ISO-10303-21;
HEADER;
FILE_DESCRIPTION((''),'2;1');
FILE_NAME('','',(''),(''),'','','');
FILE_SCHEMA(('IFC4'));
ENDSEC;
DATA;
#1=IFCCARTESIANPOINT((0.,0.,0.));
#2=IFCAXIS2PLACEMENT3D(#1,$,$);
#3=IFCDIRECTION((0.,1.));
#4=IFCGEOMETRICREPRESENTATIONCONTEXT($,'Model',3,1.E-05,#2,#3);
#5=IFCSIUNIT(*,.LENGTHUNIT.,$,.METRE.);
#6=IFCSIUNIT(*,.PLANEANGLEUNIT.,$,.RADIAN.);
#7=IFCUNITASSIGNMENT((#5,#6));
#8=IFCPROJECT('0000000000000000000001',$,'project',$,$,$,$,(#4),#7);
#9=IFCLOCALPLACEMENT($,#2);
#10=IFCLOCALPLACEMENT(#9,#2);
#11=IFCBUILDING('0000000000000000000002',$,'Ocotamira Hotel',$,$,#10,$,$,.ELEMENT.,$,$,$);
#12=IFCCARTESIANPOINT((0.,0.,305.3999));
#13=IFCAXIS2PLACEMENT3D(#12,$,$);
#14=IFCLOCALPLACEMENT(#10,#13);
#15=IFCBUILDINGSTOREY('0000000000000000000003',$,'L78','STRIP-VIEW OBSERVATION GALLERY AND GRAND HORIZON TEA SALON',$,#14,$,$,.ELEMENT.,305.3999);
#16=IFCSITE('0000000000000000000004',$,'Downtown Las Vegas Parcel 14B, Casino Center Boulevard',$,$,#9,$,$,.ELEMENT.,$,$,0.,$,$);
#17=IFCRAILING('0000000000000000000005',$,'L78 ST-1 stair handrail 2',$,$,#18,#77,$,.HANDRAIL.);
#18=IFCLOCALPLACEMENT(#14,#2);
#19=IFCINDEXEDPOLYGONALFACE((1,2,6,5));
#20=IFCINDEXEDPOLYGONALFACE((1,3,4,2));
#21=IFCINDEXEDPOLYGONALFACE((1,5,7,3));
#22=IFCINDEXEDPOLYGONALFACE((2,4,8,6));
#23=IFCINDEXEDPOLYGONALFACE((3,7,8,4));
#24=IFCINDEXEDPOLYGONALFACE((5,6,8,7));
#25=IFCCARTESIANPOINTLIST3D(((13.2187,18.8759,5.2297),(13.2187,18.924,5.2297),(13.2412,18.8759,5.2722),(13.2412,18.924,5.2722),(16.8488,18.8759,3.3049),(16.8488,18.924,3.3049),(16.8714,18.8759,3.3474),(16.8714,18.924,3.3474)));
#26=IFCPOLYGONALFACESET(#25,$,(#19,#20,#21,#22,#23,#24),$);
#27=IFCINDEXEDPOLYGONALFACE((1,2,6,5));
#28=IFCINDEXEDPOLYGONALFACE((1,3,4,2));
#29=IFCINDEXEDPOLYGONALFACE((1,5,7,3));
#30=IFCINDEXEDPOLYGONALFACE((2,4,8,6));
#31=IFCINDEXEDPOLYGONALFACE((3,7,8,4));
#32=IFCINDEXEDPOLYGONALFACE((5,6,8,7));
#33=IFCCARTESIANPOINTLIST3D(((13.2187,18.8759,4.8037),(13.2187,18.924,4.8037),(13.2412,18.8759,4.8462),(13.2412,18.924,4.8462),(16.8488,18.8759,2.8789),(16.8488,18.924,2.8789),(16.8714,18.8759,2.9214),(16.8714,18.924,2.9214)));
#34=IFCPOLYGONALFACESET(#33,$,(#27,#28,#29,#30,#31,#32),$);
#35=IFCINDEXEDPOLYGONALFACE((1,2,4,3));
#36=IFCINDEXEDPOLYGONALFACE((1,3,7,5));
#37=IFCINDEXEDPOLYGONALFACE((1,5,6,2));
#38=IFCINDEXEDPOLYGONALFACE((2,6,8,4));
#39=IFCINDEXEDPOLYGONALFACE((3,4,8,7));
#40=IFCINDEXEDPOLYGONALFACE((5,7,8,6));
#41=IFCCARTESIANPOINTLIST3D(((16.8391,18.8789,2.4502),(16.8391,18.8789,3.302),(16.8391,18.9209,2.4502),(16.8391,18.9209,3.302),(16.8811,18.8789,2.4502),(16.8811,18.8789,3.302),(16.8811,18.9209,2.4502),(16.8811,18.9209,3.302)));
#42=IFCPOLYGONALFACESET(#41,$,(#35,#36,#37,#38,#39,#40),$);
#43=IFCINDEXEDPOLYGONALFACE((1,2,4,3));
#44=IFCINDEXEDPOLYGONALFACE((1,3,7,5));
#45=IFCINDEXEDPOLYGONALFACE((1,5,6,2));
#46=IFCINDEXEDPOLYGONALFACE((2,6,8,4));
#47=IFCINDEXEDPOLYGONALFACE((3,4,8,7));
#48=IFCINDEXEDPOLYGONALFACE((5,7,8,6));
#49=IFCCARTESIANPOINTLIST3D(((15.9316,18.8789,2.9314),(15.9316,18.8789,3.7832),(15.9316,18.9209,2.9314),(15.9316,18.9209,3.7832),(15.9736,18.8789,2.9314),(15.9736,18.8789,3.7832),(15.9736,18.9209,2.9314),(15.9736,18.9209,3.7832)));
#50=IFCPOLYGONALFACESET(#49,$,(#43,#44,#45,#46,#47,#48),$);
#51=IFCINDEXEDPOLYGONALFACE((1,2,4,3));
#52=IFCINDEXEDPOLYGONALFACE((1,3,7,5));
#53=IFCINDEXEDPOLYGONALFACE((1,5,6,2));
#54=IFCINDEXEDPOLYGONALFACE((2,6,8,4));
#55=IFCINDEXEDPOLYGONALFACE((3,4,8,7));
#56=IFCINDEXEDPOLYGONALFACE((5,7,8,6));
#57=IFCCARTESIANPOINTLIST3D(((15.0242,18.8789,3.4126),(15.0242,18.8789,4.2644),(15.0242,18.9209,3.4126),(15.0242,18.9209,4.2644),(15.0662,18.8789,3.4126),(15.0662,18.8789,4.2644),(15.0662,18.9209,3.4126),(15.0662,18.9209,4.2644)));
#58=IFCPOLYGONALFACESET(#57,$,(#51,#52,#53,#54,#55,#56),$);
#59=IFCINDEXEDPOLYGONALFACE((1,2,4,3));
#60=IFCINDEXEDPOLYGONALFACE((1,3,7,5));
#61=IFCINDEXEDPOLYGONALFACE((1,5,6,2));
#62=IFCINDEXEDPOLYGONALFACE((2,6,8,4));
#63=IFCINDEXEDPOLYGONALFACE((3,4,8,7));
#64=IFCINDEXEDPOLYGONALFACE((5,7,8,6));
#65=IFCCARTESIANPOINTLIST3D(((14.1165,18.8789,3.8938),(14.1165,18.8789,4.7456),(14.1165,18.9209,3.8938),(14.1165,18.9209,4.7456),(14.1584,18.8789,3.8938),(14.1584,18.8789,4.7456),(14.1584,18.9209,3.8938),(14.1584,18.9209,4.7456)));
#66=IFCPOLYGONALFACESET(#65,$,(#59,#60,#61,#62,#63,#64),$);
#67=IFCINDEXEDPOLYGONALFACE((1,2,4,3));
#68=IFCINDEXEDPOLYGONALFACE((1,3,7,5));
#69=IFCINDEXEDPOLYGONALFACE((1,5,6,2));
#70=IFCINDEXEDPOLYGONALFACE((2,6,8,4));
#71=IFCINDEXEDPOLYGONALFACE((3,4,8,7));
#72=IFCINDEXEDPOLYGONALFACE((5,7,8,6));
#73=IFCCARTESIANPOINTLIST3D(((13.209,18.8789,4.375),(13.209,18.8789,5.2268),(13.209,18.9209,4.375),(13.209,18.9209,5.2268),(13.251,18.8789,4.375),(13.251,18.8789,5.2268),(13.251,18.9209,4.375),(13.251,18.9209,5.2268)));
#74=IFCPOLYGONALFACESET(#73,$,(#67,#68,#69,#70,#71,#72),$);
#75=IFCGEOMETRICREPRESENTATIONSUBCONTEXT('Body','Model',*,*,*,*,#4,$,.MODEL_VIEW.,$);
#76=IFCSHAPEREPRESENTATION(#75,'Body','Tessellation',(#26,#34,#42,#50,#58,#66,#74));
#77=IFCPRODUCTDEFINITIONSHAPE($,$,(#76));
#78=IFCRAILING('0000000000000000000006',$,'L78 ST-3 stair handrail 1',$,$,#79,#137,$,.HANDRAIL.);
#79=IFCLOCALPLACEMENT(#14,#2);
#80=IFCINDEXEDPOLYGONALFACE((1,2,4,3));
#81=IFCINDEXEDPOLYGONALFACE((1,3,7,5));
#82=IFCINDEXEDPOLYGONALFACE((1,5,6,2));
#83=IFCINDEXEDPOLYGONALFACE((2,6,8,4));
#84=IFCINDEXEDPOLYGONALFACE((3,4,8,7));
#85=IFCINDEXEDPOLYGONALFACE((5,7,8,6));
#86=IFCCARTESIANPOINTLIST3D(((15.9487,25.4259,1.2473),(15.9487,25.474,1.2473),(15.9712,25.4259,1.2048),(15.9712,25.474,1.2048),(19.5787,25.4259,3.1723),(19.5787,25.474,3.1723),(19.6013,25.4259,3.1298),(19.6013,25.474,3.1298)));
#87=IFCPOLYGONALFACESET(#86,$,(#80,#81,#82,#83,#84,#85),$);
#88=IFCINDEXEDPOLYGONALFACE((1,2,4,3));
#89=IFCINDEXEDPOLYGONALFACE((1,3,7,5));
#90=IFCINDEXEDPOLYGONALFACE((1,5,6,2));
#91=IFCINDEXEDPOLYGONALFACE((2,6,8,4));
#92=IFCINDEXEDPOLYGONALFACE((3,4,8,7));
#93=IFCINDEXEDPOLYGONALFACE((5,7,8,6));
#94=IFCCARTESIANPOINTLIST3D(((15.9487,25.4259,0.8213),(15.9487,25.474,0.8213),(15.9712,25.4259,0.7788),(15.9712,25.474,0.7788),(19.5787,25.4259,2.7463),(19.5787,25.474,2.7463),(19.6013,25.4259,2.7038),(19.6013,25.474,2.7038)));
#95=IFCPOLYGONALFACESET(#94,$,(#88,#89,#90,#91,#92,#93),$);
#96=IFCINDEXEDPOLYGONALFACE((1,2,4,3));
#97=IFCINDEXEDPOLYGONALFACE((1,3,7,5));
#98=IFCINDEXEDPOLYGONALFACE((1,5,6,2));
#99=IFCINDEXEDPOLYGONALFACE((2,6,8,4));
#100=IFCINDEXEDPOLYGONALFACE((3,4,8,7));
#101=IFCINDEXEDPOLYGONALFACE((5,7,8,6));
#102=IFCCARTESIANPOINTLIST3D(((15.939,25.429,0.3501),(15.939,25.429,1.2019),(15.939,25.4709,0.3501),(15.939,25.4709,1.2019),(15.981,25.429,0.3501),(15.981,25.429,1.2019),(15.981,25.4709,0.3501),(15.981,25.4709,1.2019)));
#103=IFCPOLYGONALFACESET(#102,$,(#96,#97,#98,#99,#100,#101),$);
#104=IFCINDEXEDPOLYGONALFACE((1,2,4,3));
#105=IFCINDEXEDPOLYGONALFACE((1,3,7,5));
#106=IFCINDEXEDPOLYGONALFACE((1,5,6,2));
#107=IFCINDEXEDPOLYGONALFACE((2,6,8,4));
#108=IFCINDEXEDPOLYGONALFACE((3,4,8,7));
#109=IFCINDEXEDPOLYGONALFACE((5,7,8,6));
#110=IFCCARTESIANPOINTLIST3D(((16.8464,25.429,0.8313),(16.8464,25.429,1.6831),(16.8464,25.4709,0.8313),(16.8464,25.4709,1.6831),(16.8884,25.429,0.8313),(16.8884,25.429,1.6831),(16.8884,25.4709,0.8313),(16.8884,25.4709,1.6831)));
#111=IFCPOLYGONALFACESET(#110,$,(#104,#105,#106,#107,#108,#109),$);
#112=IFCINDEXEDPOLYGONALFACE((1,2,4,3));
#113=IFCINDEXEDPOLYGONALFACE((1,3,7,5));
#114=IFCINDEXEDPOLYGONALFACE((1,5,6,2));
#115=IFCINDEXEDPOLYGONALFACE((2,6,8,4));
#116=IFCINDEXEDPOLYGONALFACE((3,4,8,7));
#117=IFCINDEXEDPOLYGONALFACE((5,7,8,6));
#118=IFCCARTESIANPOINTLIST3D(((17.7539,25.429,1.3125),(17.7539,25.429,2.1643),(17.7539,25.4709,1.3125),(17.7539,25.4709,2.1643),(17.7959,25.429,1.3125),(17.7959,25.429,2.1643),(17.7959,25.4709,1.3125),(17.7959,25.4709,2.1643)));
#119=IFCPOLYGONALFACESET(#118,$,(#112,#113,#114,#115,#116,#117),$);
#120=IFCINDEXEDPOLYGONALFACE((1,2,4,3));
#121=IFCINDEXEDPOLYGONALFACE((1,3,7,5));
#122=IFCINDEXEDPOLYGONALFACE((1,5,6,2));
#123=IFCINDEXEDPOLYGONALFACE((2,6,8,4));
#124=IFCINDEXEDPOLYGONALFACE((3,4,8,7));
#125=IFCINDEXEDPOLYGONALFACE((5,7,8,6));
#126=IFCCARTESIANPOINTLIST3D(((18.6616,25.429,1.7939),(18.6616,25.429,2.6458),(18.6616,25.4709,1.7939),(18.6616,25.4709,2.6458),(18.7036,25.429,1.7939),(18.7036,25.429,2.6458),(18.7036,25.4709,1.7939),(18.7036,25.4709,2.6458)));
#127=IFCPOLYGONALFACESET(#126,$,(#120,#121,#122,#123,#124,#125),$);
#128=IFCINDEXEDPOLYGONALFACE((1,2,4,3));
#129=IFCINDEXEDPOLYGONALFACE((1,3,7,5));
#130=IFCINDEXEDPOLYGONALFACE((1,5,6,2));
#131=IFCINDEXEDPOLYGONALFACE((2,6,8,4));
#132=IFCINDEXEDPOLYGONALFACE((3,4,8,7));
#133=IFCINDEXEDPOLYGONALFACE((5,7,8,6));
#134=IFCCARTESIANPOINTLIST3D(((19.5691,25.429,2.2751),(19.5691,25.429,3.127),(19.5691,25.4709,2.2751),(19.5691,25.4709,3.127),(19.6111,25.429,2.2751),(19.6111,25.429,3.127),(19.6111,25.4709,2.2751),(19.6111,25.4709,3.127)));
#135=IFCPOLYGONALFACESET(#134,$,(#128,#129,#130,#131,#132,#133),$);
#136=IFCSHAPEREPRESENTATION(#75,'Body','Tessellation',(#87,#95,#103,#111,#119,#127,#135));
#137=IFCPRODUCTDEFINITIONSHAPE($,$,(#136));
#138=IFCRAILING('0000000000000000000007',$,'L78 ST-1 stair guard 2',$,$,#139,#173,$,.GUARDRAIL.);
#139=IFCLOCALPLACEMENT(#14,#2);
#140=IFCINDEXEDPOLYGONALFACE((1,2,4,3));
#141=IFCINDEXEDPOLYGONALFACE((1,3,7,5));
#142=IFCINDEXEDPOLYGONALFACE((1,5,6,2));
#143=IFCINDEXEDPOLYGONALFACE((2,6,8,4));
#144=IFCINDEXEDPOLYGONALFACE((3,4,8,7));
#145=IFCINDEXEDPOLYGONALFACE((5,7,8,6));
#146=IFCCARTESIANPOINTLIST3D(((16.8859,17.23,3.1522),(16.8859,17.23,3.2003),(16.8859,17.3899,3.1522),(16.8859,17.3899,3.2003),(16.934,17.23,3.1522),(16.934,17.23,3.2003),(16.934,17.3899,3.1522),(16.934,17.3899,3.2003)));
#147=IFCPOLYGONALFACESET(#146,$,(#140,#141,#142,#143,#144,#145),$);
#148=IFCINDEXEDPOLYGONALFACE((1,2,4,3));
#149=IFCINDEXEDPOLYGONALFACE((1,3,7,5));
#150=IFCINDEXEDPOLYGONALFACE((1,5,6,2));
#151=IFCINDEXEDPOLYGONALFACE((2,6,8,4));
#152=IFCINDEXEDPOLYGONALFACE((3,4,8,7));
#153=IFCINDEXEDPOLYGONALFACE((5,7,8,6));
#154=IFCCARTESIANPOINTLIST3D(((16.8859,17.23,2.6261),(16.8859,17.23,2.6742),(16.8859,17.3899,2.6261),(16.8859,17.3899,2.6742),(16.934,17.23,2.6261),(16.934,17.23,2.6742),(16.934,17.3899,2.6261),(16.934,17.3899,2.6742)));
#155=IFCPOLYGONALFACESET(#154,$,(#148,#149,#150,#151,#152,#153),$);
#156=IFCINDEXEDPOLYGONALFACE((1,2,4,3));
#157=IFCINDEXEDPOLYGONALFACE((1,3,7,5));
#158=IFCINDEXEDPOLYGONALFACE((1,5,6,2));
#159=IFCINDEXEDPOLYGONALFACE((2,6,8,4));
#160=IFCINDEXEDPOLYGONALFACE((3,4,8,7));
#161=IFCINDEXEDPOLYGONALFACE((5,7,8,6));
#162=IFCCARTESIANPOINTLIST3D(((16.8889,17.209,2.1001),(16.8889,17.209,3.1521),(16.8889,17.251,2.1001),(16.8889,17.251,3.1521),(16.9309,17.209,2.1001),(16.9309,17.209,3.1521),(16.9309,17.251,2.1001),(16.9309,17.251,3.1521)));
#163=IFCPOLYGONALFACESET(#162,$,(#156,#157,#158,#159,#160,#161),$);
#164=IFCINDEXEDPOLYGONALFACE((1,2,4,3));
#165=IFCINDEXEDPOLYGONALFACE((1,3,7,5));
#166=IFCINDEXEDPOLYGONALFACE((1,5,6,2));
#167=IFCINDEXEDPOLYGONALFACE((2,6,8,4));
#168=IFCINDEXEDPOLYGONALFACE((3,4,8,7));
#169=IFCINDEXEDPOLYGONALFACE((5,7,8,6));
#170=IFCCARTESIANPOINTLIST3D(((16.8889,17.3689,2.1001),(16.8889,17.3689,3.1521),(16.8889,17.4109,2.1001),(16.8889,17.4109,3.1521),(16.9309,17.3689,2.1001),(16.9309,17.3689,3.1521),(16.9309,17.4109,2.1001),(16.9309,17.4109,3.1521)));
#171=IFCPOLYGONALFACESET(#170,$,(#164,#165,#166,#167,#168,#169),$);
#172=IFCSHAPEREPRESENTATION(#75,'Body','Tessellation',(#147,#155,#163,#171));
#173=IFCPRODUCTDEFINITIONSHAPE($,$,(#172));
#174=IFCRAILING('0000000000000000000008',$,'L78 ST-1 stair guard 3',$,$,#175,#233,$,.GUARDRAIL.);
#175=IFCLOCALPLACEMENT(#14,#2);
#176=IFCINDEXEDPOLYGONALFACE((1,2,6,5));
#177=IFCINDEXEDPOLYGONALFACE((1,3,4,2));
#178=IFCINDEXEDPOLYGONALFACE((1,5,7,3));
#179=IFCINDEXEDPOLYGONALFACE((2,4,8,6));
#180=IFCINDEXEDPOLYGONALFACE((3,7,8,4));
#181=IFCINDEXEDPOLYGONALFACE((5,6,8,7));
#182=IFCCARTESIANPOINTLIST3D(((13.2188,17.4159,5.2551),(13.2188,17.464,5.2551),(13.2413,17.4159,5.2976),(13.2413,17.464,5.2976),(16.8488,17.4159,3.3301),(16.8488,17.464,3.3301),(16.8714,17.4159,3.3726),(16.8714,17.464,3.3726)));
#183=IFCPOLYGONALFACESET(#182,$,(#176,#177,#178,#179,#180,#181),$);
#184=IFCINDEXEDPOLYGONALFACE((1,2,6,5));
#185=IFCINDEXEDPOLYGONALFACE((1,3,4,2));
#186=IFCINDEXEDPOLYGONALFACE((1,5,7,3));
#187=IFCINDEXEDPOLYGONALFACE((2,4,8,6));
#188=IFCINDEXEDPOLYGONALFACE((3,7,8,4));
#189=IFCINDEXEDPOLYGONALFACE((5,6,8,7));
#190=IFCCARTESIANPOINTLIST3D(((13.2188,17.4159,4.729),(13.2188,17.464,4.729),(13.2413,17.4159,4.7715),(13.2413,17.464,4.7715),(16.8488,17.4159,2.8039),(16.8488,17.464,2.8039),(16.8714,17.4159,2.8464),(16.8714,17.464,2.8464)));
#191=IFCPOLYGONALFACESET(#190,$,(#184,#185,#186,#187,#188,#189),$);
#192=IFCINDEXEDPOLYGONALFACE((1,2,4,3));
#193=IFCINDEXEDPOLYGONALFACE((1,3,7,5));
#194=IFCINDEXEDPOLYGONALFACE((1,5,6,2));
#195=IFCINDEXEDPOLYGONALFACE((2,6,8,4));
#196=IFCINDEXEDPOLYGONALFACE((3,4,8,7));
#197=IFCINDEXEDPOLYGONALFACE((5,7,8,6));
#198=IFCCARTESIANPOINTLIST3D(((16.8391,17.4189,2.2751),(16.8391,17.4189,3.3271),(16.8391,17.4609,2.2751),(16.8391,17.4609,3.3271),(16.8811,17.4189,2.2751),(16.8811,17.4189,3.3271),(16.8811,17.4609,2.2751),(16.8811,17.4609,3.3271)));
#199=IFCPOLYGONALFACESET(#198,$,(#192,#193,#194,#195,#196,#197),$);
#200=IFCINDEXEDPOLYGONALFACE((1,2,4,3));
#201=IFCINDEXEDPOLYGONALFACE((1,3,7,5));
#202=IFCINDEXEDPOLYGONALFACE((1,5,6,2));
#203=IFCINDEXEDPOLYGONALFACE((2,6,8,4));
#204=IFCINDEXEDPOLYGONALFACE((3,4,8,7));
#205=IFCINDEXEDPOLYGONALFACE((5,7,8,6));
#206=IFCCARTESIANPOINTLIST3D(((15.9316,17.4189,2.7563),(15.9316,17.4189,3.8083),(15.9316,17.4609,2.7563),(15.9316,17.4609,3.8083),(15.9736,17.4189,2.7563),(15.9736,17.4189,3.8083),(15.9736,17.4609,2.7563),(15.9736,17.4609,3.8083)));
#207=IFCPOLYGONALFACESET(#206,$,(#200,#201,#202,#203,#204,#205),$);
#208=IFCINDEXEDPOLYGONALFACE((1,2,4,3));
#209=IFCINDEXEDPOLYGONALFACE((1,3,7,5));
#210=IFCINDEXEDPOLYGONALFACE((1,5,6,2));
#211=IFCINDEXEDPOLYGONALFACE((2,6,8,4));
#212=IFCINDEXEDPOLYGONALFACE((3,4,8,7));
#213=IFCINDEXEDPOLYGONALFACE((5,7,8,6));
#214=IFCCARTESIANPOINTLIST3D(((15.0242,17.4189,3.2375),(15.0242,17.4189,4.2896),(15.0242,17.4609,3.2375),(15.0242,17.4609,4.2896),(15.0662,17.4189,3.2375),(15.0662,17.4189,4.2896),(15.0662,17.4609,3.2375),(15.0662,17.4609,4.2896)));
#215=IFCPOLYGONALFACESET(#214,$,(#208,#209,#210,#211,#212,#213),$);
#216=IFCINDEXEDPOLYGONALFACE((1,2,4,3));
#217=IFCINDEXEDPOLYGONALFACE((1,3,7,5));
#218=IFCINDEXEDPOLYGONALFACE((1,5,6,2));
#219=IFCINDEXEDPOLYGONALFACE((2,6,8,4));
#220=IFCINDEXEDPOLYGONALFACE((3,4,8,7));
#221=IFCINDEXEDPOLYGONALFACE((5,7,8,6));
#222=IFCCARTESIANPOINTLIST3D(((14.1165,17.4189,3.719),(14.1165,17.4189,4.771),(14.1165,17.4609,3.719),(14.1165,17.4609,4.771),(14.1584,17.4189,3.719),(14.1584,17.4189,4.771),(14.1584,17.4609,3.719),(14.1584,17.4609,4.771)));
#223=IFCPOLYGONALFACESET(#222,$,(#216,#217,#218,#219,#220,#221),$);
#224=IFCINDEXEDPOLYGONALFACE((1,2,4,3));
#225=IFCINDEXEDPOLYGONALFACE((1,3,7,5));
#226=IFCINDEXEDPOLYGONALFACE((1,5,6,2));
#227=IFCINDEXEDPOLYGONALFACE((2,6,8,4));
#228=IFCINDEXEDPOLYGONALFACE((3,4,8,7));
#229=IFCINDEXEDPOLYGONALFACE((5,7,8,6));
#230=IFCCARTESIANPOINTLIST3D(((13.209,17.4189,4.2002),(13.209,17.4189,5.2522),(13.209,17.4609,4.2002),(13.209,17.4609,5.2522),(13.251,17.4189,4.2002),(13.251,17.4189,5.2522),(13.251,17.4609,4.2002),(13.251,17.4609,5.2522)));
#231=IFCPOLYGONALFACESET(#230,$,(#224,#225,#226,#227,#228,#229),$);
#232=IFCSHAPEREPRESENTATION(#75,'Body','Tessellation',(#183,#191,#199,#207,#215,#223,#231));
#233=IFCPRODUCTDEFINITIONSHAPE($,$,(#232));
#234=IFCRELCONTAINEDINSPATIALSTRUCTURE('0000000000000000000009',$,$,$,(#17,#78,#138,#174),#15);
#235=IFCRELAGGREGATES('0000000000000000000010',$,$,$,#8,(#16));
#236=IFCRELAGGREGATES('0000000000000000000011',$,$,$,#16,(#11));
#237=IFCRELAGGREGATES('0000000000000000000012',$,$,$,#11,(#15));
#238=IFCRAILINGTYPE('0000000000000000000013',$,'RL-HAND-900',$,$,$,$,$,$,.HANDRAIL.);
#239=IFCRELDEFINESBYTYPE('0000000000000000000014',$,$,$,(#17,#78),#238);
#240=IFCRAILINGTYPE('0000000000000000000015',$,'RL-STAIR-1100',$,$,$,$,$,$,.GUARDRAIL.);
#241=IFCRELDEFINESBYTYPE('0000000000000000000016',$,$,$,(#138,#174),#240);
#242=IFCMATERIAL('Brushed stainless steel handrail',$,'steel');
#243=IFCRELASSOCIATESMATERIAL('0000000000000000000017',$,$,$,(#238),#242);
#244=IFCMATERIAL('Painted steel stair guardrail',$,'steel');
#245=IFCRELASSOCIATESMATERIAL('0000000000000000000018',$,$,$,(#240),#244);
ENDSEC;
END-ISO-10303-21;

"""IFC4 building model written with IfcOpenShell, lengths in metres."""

from ifc_helpers import new_model, si_unit, direction, frame, origin, origin_2d, place, context, subcontext, project, spatial, rectangle, extrude, material, type_object, element, save


model = new_model("IFC4")

# Units and contexts
model_context = context("Model", 3, precision=1e-05, world=origin(), true_north=direction((0.0, 1.0)))
body_context = subcontext(model_context, "Body", "Model", "MODEL_VIEW")
ifc_project = project(units=[si_unit("LENGTHUNIT", "METRE"), si_unit("PLANEANGLEUNIT", "RADIAN")], contexts=[model_context])

# Site, building, storey
site_placement = place(None, origin())
site = spatial("IfcSite", under=ifc_project, at=site_placement, Name="Downtown Las Vegas Parcel 14B, Casino Center Boulevard", CompositionType="ELEMENT", RefElevation=0.0)
building_placement = place(site_placement, origin())
building = spatial("IfcBuilding", under=site, at=building_placement, Name="Ocotamira Hotel", CompositionType="ELEMENT")
storey_placement = place(building_placement, frame((0.0, 0.0, 305.3999)))
storey = spatial("IfcBuildingStorey", under=building, at=storey_placement, Name="L78", Description="STRIP-VIEW OBSERVATION GALLERY AND GRAND HORIZON TEA SALON", CompositionType="ELEMENT", Elevation=305.3999)

# Railings
ifc_material_1 = material(Name="Brushed stainless steel handrail", Category="steel")
railing_type_1 = type_object("IfcRailingType", Name="RL-HAND-900", PredefinedType="HANDRAIL", material=ifc_material_1)
railing_1_placement = place(storey_placement, frame((16.8601, 18.8999, 2.4502)))
element("IfcRailing", 1, at=railing_1_placement, inside=storey, type_object=railing_type_1, Name="L78 ST-1 stair handrail 2", PredefinedType="HANDRAIL", context=body_context, shape_type="SweptSolid", body=[
    extrude(rectangle(XDim=0.0481, YDim=0.0481, at=origin_2d()), frame((0.0, 0.0, 0.876), z_axis=(-0.883489, 0.0, 0.468453), x_axis=(0.0, -1.0, 0.0)), (0.0, 0.0, 1.0), 4.1089),
    extrude(rectangle(XDim=0.0481, YDim=0.0481, at=origin_2d()), frame((0.0, 0.0, 0.45), z_axis=(-0.883489, 0.0, 0.468453), x_axis=(0.0, -1.0, 0.0)), (0.0, 0.0, 1.0), 4.1089),
    extrude(rectangle(XDim=0.042, YDim=0.042, at=origin_2d()), origin(), (0.0, 0.0, 1.0), 0.8518),
    extrude(rectangle(XDim=0.042, YDim=0.042, at=origin_2d()), frame((-0.9075, 0.0, 0.4812)), (0.0, 0.0, 1.0), 0.8518),
    extrude(rectangle(XDim=0.042, YDim=0.042, at=origin_2d()), frame((-1.8149, 0.0, 0.9624)), (0.0, 0.0, 1.0), 0.8518),
    extrude(rectangle(XDim=0.042, YDim=0.042, at=origin_2d()), frame((-2.7227, 0.0, 1.4436)), (0.0, 0.0, 1.0), 0.8518),
    extrude(rectangle(XDim=0.042, YDim=0.042, at=origin_2d()), frame((-3.6301, 0.0, 1.9248)), (0.0, 0.0, 1.0), 0.8518),
])
railing_2_placement = place(storey_placement, frame((15.96, 25.45, 0.3501)))
element("IfcRailing", 2, at=railing_2_placement, inside=storey, type_object=railing_type_1, Name="L78 ST-3 stair handrail 1", PredefinedType="HANDRAIL", context=body_context, shape_type="SweptSolid", body=[
    extrude(rectangle(XDim=0.0481, YDim=0.0481, at=origin_2d()), frame((0.0, 0.0, 0.876), z_axis=(0.883464, 0.0, 0.468499), x_axis=(0.0, 1.0, 0.0)), (0.0, 0.0, 1.0), 4.1089),
    extrude(rectangle(XDim=0.0481, YDim=0.0481, at=origin_2d()), frame((0.0, 0.0, 0.45), z_axis=(0.883464, 0.0, 0.468499), x_axis=(0.0, 1.0, 0.0)), (0.0, 0.0, 1.0), 4.1089),
    extrude(rectangle(XDim=0.042, YDim=0.042, at=origin_2d()), origin(), (0.0, 0.0, 1.0), 0.8518),
    extrude(rectangle(XDim=0.042, YDim=0.042, at=origin_2d()), frame((0.9075, 0.0, 0.4812)), (0.0, 0.0, 1.0), 0.8518),
    extrude(rectangle(XDim=0.042, YDim=0.042, at=origin_2d()), frame((1.8149, 0.0, 0.9624)), (0.0, 0.0, 1.0), 0.8518),
    extrude(rectangle(XDim=0.042, YDim=0.042, at=origin_2d()), frame((2.7227, 0.0, 1.4438)), (0.0, 0.0, 1.0), 0.8518),
    extrude(rectangle(XDim=0.042, YDim=0.042, at=origin_2d()), frame((3.6301, 0.0, 1.925)), (0.0, 0.0, 1.0), 0.8518),
])
ifc_material_2 = material(Name="Painted steel stair guardrail", Category="steel")
railing_type_2 = type_object("IfcRailingType", Name="RL-STAIR-1100", PredefinedType="GUARDRAIL", material=ifc_material_2)
railing_3_placement = place(storey_placement, frame((16.9099, 17.23, 2.1001)))
element("IfcRailing", 3, at=railing_3_placement, inside=storey, type_object=railing_type_2, Name="L78 ST-1 stair guard 2", PredefinedType="GUARDRAIL", context=body_context, shape_type="SweptSolid", body=[
    extrude(rectangle(XDim=0.0481, YDim=0.0481, at=origin_2d()), frame((0.0, 0.0, 1.0762), z_axis=(0.0, 1.0, 0.0), x_axis=(-1.0, 0.0, 0.0)), (0.0, 0.0, 1.0), 0.1599),
    extrude(rectangle(XDim=0.0481, YDim=0.0481, at=origin_2d()), frame((0.0, 0.0, 0.55), z_axis=(0.0, 1.0, 0.0), x_axis=(-1.0, 0.0, 0.0)), (0.0, 0.0, 1.0), 0.1599),
    extrude(rectangle(XDim=0.042, YDim=0.042, at=origin_2d()), origin(), (0.0, 0.0, 1.0), 1.052),
    extrude(rectangle(XDim=0.042, YDim=0.042, at=origin_2d()), frame((0.0, 0.1599, 0.0)), (0.0, 0.0, 1.0), 1.052),
])
railing_4_placement = place(storey_placement, frame((16.8601, 17.4399, 2.2751)))
element("IfcRailing", 4, at=railing_4_placement, inside=storey, type_object=railing_type_2, Name="L78 ST-1 stair guard 3", PredefinedType="GUARDRAIL", context=body_context, shape_type="SweptSolid", body=[
    extrude(rectangle(XDim=0.0481, YDim=0.0481, at=origin_2d()), frame((0.0, 0.0, 1.0762), z_axis=(-0.883464, 0.0, 0.468499), x_axis=(0.0, -1.0, 0.0)), (0.0, 0.0, 1.0), 4.1089),
    extrude(rectangle(XDim=0.0481, YDim=0.0481, at=origin_2d()), frame((0.0, 0.0, 0.55), z_axis=(-0.883464, 0.0, 0.468499), x_axis=(0.0, -1.0, 0.0)), (0.0, 0.0, 1.0), 4.1089),
    extrude(rectangle(XDim=0.042, YDim=0.042, at=origin_2d()), origin(), (0.0, 0.0, 1.0), 1.052),
    extrude(rectangle(XDim=0.042, YDim=0.042, at=origin_2d()), frame((-0.9075, 0.0, 0.4812)), (0.0, 0.0, 1.0), 1.052),
    extrude(rectangle(XDim=0.042, YDim=0.042, at=origin_2d()), frame((-1.8149, 0.0, 0.9624)), (0.0, 0.0, 1.0), 1.052),
    extrude(rectangle(XDim=0.042, YDim=0.042, at=origin_2d()), frame((-2.7227, 0.0, 1.4438)), (0.0, 0.0, 1.0), 1.052),
    extrude(rectangle(XDim=0.042, YDim=0.042, at=origin_2d()), frame((-3.6301, 0.0, 1.925)), (0.0, 0.0, 1.0), 1.052),
])

save(model, "model.ifc")
